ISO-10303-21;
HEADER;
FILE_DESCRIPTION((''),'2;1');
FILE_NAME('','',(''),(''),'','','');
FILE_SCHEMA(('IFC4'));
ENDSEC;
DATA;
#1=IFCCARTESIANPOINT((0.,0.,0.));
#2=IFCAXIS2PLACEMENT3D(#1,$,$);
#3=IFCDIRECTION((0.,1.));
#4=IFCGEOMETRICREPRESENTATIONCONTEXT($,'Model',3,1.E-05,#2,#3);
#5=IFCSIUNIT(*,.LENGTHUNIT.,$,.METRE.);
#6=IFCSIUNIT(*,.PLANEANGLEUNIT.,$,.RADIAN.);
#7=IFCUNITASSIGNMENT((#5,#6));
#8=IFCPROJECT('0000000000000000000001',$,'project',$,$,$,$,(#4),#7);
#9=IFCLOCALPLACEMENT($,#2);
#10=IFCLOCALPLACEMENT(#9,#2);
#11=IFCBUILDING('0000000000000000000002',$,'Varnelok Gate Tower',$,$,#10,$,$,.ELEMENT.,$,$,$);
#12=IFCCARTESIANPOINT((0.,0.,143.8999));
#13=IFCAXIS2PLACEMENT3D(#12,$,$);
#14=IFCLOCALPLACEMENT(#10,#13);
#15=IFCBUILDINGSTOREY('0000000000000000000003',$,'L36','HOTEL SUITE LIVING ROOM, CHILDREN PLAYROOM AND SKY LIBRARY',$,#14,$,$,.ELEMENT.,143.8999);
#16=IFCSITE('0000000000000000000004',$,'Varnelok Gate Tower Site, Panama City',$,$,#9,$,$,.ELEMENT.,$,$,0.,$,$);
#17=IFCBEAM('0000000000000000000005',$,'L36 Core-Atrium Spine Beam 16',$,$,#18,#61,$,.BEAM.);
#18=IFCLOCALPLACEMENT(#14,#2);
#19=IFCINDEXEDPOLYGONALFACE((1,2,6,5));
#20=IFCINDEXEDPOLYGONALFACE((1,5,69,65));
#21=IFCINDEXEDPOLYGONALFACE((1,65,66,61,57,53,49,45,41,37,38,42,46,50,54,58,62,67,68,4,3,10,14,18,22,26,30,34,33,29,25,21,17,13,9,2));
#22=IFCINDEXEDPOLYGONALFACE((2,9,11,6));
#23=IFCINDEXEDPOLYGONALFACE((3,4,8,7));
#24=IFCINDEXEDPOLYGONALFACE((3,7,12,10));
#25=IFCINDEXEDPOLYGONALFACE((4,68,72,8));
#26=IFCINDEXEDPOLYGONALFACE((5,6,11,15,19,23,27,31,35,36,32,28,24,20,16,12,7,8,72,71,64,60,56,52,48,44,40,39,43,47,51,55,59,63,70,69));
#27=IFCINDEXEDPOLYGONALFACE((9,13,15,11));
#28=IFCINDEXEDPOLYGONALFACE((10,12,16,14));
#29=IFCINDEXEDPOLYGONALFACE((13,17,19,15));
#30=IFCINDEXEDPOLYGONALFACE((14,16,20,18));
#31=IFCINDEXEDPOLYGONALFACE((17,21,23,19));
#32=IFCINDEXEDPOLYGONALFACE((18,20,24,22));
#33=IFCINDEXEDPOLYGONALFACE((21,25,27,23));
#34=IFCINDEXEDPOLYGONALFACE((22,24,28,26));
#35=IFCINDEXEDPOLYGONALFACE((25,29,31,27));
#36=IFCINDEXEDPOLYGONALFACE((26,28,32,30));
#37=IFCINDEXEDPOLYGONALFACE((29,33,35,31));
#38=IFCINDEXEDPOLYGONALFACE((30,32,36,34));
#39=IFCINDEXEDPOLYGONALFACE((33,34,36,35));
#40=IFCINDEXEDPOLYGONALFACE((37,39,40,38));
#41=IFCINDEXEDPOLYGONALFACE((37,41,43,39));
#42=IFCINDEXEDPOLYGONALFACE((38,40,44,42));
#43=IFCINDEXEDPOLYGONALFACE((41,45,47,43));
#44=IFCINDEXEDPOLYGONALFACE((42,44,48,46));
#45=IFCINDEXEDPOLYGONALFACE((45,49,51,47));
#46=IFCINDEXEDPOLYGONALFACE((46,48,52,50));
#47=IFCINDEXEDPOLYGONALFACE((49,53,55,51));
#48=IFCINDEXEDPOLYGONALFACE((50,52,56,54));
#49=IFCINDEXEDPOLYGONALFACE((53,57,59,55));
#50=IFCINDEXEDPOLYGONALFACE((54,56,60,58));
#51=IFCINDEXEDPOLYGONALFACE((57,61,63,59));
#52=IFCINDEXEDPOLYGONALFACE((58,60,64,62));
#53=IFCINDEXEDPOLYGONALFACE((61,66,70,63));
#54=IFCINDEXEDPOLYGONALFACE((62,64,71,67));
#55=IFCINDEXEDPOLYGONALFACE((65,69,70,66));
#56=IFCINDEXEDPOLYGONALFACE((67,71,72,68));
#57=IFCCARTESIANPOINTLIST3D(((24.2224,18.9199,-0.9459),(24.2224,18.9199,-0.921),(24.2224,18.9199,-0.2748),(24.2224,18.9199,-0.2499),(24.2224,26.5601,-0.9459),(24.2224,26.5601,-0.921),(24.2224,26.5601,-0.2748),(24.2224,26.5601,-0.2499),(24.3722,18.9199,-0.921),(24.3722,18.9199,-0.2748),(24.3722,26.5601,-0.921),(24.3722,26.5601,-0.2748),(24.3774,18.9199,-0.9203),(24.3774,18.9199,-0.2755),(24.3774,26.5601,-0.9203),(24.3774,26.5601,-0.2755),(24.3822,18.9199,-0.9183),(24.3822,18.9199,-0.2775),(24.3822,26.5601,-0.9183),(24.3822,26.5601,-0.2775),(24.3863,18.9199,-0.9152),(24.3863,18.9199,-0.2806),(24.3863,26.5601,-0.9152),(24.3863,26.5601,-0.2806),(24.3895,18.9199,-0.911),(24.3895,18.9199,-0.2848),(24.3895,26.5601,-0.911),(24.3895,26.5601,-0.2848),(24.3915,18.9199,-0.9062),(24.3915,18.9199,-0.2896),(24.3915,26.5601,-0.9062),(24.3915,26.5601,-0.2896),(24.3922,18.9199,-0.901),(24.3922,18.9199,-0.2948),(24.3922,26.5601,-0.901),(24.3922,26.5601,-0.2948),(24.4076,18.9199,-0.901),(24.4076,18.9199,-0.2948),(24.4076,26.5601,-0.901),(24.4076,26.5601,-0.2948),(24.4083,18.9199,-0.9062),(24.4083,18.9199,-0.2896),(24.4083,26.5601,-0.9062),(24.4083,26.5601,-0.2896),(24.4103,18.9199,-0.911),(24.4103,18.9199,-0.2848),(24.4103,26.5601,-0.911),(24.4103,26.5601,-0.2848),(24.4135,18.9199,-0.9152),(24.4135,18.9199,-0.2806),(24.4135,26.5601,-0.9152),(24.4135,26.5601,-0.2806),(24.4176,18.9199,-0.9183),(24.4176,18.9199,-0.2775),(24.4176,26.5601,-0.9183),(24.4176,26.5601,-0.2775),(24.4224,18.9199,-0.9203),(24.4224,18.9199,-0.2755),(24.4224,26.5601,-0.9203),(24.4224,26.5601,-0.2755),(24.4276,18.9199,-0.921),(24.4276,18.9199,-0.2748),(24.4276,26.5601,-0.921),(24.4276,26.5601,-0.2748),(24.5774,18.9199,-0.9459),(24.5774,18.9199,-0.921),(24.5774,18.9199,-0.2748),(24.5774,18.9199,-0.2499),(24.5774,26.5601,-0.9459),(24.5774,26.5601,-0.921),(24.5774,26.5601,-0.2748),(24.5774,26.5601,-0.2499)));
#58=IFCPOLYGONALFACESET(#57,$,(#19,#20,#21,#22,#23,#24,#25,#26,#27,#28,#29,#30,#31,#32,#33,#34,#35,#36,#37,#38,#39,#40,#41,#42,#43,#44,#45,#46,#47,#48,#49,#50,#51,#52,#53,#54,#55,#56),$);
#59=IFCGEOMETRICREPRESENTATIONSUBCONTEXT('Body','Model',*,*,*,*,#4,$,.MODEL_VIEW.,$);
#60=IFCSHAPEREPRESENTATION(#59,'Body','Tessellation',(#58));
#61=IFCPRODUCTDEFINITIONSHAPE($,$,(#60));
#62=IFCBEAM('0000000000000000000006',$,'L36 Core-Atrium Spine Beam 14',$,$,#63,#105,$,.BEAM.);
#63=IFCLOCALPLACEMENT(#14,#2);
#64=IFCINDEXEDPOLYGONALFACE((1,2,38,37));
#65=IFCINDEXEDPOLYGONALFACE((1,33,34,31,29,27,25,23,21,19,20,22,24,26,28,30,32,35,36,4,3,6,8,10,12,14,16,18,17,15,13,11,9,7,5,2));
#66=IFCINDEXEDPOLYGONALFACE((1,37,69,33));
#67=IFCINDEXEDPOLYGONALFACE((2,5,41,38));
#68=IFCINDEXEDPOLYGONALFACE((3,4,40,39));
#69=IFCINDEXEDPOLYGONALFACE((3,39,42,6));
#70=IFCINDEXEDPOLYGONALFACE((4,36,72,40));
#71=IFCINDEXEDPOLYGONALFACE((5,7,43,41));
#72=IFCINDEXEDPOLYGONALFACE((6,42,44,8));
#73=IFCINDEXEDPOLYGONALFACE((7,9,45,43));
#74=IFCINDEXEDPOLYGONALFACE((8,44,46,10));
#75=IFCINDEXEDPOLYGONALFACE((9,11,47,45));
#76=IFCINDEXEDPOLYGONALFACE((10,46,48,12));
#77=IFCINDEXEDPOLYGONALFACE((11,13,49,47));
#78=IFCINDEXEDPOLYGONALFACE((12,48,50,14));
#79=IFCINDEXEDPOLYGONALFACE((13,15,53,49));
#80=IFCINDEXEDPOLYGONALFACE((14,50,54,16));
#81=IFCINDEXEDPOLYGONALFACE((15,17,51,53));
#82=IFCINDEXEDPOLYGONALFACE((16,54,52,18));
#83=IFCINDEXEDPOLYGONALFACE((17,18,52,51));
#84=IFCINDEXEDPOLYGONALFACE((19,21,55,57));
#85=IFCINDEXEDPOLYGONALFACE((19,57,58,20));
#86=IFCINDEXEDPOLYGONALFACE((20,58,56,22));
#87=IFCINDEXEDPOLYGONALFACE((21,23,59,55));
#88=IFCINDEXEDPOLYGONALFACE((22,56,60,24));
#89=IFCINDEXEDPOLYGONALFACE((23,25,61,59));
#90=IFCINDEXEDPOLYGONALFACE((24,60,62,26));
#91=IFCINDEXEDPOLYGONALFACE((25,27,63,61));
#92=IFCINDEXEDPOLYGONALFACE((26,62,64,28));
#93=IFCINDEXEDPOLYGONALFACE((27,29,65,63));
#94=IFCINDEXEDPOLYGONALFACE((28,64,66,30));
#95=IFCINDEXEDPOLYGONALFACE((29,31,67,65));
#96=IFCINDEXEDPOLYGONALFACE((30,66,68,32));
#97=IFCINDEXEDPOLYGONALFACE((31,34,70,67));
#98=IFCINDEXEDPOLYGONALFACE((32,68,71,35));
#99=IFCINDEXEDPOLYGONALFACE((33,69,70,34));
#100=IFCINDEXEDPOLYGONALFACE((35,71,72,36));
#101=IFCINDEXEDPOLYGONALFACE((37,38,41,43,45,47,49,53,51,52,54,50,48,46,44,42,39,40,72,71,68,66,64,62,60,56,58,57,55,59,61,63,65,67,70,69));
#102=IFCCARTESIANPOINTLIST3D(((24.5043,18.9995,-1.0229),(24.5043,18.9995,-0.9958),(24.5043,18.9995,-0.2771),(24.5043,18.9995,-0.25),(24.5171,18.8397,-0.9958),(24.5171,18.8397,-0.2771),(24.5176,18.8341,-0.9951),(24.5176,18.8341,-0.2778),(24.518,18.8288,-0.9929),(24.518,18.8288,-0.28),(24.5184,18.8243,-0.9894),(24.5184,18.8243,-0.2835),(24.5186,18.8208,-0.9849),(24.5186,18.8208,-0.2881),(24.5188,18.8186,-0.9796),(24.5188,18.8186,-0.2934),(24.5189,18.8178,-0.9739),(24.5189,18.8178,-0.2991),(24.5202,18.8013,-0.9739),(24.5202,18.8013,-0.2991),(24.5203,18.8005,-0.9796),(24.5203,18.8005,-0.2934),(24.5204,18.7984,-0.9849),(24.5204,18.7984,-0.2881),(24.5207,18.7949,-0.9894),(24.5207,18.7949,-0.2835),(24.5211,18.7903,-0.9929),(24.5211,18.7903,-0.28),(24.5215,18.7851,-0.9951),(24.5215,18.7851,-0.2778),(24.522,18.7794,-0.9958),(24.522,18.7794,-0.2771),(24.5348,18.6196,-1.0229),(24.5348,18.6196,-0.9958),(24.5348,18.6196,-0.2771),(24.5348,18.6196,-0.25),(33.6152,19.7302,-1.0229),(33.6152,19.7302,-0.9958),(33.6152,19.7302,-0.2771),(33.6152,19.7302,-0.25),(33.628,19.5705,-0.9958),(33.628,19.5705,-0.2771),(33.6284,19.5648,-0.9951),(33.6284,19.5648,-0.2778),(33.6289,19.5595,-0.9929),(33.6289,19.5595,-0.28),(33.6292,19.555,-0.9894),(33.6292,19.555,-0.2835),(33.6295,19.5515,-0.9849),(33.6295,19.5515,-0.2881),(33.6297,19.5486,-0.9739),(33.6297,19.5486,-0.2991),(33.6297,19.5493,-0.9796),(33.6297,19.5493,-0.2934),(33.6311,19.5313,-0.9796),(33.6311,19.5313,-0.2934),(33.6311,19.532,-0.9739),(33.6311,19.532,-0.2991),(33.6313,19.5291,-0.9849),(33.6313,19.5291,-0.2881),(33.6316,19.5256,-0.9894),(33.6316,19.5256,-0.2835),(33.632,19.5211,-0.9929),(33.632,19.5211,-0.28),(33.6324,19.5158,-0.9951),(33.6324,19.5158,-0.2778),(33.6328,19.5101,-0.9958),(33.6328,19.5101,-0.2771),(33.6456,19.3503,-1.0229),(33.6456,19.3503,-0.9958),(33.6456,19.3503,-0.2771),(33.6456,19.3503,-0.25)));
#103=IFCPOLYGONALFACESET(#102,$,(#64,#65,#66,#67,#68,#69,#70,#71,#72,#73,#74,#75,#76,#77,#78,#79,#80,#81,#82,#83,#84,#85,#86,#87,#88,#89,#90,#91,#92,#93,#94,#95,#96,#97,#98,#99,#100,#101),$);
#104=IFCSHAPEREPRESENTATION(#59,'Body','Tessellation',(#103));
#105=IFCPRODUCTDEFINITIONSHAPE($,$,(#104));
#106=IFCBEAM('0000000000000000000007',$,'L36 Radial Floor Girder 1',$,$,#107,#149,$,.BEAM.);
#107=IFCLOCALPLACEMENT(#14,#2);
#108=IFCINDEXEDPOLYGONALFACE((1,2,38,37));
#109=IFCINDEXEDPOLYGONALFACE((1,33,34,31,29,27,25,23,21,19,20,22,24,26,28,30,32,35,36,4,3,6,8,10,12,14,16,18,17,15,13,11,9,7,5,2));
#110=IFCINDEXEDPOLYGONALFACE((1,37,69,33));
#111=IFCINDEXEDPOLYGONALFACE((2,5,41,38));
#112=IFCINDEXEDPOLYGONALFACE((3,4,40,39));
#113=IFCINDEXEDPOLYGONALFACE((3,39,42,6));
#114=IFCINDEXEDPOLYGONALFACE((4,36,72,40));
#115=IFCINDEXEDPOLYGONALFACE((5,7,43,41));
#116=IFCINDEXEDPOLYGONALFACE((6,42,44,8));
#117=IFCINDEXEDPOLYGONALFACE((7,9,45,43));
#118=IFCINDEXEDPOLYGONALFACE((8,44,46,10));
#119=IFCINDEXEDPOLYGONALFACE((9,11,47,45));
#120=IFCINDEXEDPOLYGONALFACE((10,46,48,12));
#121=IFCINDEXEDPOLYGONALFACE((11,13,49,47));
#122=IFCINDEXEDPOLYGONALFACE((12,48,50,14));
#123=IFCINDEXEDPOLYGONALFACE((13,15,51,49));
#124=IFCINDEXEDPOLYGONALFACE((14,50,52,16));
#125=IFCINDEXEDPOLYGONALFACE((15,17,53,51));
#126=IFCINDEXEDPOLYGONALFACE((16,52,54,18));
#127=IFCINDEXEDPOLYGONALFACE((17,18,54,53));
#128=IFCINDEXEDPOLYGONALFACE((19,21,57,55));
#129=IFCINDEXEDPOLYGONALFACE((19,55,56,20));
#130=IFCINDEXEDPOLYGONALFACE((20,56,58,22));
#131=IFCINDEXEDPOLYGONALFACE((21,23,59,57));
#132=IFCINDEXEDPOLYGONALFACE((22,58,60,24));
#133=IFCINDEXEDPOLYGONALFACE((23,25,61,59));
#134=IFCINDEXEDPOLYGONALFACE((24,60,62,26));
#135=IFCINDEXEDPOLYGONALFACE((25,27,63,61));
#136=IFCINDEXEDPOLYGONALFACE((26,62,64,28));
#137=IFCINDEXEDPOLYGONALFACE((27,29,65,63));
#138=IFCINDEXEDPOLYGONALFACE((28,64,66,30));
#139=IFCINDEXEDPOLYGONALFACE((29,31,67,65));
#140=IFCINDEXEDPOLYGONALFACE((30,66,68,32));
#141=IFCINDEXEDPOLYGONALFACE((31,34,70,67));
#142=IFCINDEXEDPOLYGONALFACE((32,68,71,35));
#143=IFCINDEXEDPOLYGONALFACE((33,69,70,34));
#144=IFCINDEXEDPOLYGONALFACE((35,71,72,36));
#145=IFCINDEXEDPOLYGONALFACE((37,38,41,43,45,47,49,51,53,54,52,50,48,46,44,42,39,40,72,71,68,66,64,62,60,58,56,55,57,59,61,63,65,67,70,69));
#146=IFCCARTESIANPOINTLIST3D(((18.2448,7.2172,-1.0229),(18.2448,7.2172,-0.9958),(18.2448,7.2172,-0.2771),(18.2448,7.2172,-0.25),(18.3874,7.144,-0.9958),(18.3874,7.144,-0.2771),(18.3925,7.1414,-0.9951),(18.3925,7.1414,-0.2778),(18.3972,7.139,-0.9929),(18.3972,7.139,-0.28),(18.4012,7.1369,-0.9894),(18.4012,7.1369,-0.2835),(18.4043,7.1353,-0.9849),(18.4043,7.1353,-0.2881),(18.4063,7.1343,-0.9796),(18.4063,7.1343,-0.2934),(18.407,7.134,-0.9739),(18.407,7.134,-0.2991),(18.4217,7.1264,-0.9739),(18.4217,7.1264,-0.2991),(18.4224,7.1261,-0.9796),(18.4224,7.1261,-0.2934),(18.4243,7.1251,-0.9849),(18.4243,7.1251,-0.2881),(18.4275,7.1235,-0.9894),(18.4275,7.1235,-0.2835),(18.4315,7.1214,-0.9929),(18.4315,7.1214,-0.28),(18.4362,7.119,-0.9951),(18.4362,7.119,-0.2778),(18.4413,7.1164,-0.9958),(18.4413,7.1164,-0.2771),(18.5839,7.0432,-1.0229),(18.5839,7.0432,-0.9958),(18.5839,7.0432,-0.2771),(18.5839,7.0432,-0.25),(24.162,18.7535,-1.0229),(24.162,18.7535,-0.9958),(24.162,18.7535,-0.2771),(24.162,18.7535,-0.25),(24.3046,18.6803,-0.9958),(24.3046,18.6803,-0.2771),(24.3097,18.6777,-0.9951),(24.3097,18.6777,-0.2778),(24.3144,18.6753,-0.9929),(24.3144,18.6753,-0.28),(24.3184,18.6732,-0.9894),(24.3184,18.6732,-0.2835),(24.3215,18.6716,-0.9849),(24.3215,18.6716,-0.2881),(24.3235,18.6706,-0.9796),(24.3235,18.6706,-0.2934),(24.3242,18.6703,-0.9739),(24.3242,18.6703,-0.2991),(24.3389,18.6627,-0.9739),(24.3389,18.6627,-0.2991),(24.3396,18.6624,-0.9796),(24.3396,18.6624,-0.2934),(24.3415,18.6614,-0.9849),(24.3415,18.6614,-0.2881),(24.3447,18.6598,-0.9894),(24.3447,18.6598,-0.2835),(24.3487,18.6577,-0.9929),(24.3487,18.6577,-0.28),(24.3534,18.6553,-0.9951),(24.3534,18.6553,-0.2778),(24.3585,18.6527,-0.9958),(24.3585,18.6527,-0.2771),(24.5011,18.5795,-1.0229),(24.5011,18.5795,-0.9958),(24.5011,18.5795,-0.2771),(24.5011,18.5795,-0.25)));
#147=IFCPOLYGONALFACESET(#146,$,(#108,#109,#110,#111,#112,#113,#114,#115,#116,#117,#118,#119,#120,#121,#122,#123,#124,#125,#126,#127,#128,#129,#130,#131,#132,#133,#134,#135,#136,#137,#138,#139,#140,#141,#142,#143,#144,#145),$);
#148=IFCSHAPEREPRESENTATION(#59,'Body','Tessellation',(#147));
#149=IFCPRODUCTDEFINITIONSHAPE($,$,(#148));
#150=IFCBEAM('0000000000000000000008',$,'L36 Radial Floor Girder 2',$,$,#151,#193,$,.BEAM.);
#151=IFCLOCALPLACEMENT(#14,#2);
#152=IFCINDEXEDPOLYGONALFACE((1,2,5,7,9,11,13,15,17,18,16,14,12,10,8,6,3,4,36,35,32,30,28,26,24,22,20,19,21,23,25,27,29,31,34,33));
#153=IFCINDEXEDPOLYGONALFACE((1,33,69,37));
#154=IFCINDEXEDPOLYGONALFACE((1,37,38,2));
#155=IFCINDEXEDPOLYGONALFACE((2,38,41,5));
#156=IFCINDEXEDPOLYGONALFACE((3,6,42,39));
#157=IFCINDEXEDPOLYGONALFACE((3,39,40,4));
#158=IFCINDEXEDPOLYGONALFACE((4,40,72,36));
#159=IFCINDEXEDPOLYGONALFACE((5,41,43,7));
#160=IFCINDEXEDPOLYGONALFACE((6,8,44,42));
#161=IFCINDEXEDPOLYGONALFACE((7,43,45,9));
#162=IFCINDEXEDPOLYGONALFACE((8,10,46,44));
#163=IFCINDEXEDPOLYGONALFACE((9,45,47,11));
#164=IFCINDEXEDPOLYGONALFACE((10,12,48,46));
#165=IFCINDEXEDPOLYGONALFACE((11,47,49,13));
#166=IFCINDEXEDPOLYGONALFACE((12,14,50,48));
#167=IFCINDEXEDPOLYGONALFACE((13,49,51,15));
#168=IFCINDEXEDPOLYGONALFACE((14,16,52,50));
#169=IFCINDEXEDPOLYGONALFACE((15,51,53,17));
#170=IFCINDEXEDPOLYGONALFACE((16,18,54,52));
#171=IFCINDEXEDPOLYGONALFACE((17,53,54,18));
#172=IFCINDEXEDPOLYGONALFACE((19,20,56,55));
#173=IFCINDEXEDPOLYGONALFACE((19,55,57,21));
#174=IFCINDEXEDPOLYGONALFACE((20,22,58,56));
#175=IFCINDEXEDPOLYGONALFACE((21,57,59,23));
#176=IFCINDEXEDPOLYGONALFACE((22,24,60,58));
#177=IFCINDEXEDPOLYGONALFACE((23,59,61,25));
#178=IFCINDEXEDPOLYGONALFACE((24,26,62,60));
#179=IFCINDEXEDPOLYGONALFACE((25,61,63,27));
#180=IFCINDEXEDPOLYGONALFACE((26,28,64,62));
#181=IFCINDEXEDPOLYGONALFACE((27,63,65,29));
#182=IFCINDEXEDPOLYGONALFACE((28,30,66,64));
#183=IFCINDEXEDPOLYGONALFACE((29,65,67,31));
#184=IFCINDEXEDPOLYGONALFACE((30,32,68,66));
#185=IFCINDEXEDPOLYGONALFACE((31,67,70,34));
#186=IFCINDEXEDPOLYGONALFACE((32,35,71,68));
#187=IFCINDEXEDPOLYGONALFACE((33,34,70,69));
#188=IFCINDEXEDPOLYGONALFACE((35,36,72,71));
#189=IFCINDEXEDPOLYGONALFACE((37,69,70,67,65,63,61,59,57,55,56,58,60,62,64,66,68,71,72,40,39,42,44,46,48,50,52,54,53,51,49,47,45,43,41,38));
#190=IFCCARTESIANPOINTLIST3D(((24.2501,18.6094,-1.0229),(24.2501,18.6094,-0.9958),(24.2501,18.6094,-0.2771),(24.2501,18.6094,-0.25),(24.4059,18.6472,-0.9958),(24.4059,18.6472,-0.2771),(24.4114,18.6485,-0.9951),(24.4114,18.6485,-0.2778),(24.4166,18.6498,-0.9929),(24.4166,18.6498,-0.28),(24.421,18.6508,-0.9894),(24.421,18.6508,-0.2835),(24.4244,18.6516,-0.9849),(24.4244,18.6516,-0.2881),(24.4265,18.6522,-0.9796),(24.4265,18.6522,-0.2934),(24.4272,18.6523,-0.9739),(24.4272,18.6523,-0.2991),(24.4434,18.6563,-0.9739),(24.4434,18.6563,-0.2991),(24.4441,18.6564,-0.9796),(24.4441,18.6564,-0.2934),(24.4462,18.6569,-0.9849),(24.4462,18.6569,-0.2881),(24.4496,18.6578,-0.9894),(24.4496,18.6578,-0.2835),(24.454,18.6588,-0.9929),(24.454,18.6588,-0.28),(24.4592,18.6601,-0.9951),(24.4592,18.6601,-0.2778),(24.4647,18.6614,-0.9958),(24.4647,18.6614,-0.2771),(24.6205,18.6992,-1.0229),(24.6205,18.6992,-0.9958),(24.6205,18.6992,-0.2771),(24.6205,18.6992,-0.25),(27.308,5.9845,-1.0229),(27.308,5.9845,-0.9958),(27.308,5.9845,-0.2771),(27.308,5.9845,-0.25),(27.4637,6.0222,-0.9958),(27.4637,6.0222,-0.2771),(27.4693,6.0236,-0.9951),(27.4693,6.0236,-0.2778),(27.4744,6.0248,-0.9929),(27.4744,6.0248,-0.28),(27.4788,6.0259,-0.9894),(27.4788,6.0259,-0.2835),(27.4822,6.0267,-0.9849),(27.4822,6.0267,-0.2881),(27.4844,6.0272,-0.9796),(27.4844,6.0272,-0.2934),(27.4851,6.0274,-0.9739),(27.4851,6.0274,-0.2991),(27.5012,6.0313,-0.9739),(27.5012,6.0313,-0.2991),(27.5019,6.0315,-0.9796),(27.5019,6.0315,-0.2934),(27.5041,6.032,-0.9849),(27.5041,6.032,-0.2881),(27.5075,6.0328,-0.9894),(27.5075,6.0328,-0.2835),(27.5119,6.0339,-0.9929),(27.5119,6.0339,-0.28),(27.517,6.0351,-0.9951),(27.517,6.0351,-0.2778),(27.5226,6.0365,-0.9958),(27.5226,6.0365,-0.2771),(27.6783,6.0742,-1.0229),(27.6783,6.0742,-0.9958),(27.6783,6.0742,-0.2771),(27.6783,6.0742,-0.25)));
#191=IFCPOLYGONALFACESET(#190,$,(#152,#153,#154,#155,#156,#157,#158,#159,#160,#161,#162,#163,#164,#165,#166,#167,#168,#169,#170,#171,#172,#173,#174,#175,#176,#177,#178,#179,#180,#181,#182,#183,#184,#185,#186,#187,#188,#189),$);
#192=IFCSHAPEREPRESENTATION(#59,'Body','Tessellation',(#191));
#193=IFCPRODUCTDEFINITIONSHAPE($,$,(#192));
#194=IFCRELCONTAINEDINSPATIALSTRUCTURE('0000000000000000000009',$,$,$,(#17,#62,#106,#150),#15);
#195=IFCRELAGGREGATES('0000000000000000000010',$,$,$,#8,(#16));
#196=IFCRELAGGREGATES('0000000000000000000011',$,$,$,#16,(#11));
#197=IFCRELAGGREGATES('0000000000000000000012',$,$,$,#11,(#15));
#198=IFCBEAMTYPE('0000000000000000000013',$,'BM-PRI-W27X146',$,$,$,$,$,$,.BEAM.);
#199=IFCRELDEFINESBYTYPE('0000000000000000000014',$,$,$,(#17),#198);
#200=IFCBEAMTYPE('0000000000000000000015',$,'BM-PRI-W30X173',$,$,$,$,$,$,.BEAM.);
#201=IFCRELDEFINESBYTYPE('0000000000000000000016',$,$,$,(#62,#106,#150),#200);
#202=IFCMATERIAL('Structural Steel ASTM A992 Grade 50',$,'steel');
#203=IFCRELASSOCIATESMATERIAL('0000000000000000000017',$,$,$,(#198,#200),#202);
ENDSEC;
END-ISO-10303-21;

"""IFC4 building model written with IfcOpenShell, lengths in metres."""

from ifc_helpers import new_model, si_unit, direction, frame, origin, origin_2d, place, context, subcontext, project, spatial, i_section, extrude, material, material_profile, profile_set, type_object, element, save


model = new_model("IFC4")

# Units and contexts
model_context = context("Model", 3, precision=1e-05, world=origin(), true_north=direction((0.0, 1.0)))
body_context = subcontext(model_context, "Body", "Model", "MODEL_VIEW")
ifc_project = project(units=[si_unit("LENGTHUNIT", "METRE"), si_unit("PLANEANGLEUNIT", "RADIAN")], contexts=[model_context])

# Site, building, storey
site_placement = place(None, origin())
site = spatial("IfcSite", under=ifc_project, at=site_placement, Name="Varnelok Gate Tower Site, Panama City", CompositionType="ELEMENT", RefElevation=0.0)
building_placement = place(site_placement, origin())
building = spatial("IfcBuilding", under=site, at=building_placement, Name="Varnelok Gate Tower", CompositionType="ELEMENT")
storey_placement = place(building_placement, frame((0.0, 0.0, 143.8999)))
storey = spatial("IfcBuildingStorey", under=building, at=storey_placement, Name="L36", Description="HOTEL SUITE LIVING ROOM, CHILDREN PLAYROOM AND SKY LIBRARY", CompositionType="ELEMENT", Elevation=143.8999)

# Shared definitions
ifc_material_1 = material(Name="Structural Steel ASTM A992 Grade 50", Category="steel")

# Beams
ifc_material_profile_1 = material_profile(ifc_material_1, i_section(OverallWidth=0.355, OverallDepth=0.696, WebThickness=0.0154, FlangeThickness=0.0249, FilletRadius=0.02, at=origin_2d()), Name="W27X146")
ifc_profile_set_1 = profile_set([ifc_material_profile_1], Name="Structural Steel ASTM A992 Grade 50")
beam_type_1 = type_object("IfcBeamType", Name="BM-PRI-W27X146", PredefinedType="BEAM", material=ifc_profile_set_1)
beam_1_placement = place(storey_placement, frame((24.3999, 18.9199, -0.5979), z_axis=(0.0, 1.0, 0.0), x_axis=(-1.0, 0.0, 0.0)))
element("IfcBeam", 1, at=beam_1_placement, inside=storey, type_object=beam_type_1, Name="L36 Core-Atrium Spine Beam 16", PredefinedType="BEAM", context=body_context, shape_type="SweptSolid", body=[
    extrude(i_section(OverallWidth=0.355, OverallDepth=0.696, WebThickness=0.0154, FlangeThickness=0.0249, FilletRadius=0.02, at=origin_2d()), origin(), (0.0, 0.0, 1.0), 7.6401),
])
ifc_material_profile_2 = material_profile(ifc_material_1, i_section(OverallWidth=0.3811, OverallDepth=0.7729, WebThickness=0.0166, FlangeThickness=0.0271, FilletRadius=0.022, at=origin_2d()), Name="W30X173")
ifc_profile_set_2 = profile_set([ifc_material_profile_2], Name="Structural Steel ASTM A992 Grade 50")
beam_type_2 = type_object("IfcBeamType", Name="BM-PRI-W30X173", PredefinedType="BEAM", material=ifc_profile_set_2)
beam_2_placement = place(storey_placement, frame((24.5195, 18.8096, -0.6365), z_axis=(0.996799, 0.079946, 0.0), x_axis=(-0.079946, 0.996799, 0.0)))
element("IfcBeam", 2, at=beam_2_placement, inside=storey, type_object=beam_type_2, Name="L36 Core-Atrium Spine Beam 14", PredefinedType="BEAM", context=body_context, shape_type="SweptSolid", body=[
    extrude(i_section(OverallWidth=0.3811, OverallDepth=0.7729, WebThickness=0.0166, FlangeThickness=0.0271, FilletRadius=0.022, at=origin_2d()), origin(), (0.0, 0.0, 1.0), 9.1401),
])
beam_3_placement = place(storey_placement, frame((24.3315, 18.6665, -0.6365), z_axis=(-0.456387, -0.889782, 0.0), x_axis=(0.889782, -0.456387, 0.0)))
element("IfcBeam", 3, at=beam_3_placement, inside=storey, type_object=beam_type_2, Name="L36 Radial Floor Girder 1", PredefinedType="BEAM", context=body_context, shape_type="SweptSolid", body=[
    extrude(i_section(OverallWidth=0.3811, OverallDepth=0.7729, WebThickness=0.0166, FlangeThickness=0.0271, FilletRadius=0.022, at=origin_2d()), origin(), (0.0, 0.0, 1.0), 12.9653),
])
beam_4_placement = place(storey_placement, frame((24.4353, 18.6543, -0.6365), z_axis=(0.2354, -0.971898, 0.0), x_axis=(0.971898, 0.2354, 0.0)))
element("IfcBeam", 4, at=beam_4_placement, inside=storey, type_object=beam_type_2, Name="L36 Radial Floor Girder 2", PredefinedType="BEAM", context=body_context, shape_type="SweptSolid", body=[
    extrude(i_section(OverallWidth=0.3811, OverallDepth=0.7729, WebThickness=0.0166, FlangeThickness=0.0271, FilletRadius=0.022, at=origin_2d()), origin(), (0.0, 0.0, 1.0), 12.99),
])

save(model, "model.ifc")
